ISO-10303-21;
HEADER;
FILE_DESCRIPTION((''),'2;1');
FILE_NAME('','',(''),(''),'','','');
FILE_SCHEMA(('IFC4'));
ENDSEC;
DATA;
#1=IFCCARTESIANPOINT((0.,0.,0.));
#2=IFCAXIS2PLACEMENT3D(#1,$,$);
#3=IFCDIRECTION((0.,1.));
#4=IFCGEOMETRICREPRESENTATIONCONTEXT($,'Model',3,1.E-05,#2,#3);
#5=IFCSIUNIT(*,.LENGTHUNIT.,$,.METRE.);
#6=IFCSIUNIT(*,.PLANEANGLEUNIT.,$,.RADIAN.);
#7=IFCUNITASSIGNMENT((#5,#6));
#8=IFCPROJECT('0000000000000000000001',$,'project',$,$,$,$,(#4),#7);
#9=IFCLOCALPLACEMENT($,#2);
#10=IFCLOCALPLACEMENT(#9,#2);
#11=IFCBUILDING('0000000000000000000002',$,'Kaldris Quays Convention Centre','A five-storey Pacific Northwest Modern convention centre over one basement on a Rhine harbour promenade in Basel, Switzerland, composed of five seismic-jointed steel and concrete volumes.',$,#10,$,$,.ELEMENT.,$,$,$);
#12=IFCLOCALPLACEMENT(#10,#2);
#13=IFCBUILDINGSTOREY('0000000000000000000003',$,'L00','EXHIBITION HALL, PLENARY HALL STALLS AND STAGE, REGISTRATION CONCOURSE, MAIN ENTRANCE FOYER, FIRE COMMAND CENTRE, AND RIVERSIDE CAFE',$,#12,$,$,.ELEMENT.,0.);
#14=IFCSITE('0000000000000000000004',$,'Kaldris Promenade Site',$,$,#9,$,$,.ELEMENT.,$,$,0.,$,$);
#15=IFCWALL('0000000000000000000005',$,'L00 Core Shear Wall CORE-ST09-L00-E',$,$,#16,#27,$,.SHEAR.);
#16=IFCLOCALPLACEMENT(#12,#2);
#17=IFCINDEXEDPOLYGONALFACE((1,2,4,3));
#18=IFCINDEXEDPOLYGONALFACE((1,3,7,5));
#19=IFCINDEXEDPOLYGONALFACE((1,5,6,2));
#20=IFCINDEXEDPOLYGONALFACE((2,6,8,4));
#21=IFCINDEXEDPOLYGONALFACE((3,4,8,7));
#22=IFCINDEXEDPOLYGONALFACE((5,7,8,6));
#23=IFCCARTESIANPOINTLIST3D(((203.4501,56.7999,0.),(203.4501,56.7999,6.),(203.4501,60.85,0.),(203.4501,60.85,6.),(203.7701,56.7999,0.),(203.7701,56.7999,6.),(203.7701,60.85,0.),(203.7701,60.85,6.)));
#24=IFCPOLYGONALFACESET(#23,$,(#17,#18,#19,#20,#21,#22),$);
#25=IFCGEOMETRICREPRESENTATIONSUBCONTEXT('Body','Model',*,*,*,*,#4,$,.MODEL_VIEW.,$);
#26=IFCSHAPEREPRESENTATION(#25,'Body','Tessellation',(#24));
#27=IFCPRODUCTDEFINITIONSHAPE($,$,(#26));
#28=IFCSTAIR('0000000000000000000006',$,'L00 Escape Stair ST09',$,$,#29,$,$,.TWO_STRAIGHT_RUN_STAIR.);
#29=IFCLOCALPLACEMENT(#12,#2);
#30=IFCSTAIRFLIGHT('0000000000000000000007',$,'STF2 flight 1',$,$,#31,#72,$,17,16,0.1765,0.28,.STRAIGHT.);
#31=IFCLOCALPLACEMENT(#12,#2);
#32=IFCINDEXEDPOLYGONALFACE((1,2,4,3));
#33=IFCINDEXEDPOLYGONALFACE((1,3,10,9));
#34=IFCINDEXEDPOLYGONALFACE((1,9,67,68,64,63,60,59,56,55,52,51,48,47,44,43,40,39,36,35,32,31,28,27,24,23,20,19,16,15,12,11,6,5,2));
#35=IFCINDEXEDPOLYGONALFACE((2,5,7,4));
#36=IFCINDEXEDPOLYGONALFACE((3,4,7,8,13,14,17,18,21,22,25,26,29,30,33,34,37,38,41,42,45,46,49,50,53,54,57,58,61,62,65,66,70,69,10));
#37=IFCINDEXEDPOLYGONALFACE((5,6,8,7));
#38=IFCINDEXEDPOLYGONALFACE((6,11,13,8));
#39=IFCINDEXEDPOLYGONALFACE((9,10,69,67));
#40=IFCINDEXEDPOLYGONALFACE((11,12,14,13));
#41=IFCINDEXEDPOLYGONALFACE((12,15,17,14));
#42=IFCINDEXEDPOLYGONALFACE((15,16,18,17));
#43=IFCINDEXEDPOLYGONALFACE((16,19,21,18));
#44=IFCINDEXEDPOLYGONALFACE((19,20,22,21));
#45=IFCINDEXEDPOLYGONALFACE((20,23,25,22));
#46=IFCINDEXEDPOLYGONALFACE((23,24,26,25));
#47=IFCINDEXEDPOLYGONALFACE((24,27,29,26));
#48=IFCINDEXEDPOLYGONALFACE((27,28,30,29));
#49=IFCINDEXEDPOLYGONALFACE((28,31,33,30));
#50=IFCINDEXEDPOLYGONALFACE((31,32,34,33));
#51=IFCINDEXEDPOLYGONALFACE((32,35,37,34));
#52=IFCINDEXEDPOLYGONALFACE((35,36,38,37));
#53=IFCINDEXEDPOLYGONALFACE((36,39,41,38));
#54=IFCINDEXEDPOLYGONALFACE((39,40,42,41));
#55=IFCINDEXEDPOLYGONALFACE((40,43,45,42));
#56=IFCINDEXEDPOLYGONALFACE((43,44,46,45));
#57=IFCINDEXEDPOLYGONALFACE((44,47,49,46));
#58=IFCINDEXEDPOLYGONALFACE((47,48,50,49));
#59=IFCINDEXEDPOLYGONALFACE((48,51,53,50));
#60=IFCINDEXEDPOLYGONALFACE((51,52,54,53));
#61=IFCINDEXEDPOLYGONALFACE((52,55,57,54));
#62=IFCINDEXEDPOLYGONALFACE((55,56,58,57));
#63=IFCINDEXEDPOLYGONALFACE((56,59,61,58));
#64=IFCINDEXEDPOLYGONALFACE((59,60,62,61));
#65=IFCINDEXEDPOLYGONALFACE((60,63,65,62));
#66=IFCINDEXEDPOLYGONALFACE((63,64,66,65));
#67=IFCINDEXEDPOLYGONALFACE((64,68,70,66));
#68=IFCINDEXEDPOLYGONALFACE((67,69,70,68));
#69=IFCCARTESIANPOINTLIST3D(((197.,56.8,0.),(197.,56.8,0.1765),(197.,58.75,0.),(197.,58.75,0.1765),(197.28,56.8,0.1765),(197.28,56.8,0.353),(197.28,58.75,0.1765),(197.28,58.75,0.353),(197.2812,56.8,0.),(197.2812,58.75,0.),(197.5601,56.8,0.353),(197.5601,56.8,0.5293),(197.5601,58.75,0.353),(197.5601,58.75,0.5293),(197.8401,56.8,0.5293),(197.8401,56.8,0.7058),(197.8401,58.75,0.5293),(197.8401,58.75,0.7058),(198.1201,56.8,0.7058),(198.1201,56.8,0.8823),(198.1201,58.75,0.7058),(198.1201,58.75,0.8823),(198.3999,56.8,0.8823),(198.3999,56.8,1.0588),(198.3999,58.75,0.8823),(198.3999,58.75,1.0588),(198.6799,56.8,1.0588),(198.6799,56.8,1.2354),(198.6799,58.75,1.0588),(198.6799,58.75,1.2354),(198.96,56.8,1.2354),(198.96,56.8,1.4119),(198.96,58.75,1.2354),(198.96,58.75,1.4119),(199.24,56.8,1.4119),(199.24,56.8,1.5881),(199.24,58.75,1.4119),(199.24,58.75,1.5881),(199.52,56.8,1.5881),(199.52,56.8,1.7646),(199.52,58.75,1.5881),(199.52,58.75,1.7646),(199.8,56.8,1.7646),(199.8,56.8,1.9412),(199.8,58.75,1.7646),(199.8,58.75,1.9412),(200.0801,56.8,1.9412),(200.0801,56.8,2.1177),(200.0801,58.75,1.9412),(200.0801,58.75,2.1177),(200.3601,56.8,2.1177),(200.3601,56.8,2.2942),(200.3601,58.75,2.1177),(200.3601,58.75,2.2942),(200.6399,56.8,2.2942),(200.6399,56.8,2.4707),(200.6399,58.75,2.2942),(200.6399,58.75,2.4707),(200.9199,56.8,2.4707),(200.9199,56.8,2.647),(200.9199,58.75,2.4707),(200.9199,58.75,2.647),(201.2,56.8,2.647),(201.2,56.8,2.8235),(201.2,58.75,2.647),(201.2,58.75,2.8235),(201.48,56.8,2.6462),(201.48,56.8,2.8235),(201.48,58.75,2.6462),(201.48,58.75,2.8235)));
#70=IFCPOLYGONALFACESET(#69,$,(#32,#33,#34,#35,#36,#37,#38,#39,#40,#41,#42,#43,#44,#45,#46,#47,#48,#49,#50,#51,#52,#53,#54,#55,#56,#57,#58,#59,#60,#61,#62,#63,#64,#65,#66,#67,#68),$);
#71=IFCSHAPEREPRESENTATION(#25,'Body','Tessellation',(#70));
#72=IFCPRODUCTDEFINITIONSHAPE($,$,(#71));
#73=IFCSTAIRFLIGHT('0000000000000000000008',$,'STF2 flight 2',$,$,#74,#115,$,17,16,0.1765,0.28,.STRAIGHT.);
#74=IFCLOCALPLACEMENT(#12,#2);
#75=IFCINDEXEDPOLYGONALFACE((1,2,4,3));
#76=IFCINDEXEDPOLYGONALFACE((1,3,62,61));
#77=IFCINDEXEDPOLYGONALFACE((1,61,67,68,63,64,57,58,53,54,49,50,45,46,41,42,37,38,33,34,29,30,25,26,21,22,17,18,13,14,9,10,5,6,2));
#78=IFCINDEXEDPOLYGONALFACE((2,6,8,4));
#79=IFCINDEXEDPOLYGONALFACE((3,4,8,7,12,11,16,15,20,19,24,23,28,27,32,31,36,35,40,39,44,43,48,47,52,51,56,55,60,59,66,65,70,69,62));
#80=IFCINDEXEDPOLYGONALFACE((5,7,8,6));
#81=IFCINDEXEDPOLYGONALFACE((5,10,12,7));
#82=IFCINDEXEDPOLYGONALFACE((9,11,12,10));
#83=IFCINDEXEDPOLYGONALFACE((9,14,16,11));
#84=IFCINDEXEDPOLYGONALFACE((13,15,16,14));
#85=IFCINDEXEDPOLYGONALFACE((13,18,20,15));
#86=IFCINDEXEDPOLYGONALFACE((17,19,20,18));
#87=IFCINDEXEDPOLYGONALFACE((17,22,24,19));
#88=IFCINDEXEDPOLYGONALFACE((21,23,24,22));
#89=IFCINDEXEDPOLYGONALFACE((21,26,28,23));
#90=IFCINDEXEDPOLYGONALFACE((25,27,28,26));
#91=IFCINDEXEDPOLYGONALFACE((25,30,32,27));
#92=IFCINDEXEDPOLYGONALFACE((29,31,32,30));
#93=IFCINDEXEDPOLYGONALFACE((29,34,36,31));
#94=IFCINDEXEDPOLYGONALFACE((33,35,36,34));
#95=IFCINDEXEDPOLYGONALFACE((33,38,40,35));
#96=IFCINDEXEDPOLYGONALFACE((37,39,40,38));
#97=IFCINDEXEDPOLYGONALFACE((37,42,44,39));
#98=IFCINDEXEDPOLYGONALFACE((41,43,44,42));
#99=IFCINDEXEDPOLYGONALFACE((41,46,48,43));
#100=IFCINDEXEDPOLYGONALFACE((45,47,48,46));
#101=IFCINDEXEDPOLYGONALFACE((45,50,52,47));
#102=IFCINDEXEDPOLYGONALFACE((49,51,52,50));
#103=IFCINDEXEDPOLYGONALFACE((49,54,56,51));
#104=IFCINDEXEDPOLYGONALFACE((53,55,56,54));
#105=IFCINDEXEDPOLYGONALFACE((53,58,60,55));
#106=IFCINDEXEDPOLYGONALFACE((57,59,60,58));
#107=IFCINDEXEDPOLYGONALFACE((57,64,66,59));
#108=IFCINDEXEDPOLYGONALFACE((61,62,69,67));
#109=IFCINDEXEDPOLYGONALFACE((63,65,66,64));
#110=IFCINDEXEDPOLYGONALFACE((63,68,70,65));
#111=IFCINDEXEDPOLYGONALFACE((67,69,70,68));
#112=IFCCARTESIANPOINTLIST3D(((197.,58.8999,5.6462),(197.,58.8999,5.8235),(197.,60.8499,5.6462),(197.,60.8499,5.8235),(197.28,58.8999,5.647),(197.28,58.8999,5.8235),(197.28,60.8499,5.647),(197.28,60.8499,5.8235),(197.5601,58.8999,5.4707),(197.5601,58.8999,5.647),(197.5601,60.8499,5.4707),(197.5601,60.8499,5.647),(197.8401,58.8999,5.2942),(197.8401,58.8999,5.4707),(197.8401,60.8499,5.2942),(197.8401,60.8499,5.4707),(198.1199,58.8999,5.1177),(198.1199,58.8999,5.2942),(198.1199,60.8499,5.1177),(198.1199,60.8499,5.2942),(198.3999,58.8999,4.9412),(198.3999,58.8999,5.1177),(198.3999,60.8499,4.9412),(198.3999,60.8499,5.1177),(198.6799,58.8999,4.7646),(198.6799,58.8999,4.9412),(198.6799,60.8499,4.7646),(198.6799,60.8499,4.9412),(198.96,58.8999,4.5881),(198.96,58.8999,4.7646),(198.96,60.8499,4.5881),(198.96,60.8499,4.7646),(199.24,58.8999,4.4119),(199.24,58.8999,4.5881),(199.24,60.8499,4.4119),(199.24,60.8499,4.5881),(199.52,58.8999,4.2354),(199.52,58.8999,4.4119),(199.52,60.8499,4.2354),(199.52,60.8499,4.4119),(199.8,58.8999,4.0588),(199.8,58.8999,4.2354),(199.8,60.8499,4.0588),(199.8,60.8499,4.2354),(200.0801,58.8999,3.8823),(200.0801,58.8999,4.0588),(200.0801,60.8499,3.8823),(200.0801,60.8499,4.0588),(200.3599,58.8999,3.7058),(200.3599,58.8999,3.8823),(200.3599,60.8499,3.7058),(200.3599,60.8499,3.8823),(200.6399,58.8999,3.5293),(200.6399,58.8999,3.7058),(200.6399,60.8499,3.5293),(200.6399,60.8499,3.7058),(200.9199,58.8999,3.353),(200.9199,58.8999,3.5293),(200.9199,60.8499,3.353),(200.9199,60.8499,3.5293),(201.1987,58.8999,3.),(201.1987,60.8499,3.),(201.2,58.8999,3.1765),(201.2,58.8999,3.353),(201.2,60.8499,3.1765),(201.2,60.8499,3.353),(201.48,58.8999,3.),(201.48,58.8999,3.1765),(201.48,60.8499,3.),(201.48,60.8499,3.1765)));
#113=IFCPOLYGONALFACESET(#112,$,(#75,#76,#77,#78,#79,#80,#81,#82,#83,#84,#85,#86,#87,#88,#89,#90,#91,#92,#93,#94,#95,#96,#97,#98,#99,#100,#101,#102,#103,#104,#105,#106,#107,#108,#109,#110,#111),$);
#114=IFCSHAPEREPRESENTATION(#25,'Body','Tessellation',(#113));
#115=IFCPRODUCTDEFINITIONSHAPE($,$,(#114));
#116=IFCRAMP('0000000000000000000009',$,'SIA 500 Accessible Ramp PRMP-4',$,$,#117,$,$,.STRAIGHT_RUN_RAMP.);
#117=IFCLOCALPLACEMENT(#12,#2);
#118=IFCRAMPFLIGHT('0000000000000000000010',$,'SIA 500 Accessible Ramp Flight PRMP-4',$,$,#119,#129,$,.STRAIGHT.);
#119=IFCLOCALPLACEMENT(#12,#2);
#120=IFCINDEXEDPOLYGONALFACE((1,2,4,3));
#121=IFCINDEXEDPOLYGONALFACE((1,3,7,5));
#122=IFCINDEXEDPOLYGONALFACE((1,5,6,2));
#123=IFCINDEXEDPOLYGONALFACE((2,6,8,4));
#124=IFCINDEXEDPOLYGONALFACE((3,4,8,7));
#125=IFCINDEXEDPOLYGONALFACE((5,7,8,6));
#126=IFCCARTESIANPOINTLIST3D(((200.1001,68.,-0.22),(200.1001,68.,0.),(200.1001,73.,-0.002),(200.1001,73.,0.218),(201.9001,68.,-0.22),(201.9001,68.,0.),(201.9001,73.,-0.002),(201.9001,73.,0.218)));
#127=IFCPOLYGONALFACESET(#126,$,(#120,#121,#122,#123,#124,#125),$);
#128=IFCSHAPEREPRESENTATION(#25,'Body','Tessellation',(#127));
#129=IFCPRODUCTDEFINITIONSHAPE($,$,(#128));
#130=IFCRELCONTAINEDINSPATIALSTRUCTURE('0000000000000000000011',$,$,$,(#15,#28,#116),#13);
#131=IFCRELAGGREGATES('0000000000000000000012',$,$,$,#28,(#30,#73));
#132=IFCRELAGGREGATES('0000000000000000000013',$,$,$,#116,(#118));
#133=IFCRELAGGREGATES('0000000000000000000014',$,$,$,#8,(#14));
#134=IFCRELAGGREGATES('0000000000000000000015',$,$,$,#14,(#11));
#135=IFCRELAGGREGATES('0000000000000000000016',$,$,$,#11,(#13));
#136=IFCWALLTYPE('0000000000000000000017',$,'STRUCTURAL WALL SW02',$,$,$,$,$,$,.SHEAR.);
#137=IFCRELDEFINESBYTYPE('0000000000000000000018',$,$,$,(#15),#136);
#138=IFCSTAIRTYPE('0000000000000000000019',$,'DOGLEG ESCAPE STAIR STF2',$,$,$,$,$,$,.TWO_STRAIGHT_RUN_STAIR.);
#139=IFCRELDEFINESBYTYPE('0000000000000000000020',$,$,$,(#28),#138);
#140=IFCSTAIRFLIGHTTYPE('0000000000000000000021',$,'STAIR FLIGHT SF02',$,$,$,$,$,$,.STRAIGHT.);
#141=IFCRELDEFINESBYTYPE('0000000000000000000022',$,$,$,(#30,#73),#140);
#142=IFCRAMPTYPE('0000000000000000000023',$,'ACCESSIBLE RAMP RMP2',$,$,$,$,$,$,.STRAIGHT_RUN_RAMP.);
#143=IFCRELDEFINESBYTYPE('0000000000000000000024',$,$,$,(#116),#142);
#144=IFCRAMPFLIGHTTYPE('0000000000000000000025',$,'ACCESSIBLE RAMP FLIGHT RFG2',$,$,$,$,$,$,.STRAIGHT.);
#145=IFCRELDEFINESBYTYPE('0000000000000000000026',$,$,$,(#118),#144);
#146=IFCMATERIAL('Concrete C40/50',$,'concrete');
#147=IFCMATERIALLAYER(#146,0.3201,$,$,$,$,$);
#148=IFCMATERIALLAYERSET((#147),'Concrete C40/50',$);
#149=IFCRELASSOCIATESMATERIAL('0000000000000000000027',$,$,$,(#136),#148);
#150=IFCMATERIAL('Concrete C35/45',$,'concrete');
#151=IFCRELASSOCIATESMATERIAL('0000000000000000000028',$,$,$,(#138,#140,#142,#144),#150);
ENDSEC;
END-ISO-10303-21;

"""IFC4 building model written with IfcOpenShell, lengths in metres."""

from ifc_helpers import new_model, si_unit, direction, frame, frame_2d, origin, place, context, subcontext, project, spatial, polyline, rectangle, outline, extrude, material, layer, layer_set, type_object, element, aggregate, save


model = new_model("IFC4")

# Units and contexts
model_context = context("Model", 3, precision=1e-05, world=origin(), true_north=direction((0.0, 1.0)))
body_context = subcontext(model_context, "Body", "Model", "MODEL_VIEW")
ifc_project = project(units=[si_unit("LENGTHUNIT", "METRE"), si_unit("PLANEANGLEUNIT", "RADIAN")], contexts=[model_context])

# Site, building, storey
site_placement = place(None, origin())
site = spatial("IfcSite", under=ifc_project, at=site_placement, Name="Kaldris Promenade Site", CompositionType="ELEMENT", RefElevation=0.0)
building_placement = place(site_placement, origin())
building = spatial("IfcBuilding", under=site, at=building_placement, Name="Kaldris Quays Convention Centre", Description="A five-storey Pacific Northwest Modern convention centre over one basement on a Rhine harbour promenade in Basel, Switzerland, composed of five seismic-jointed steel and concrete volumes.", CompositionType="ELEMENT")
storey_placement = place(building_placement, origin())
storey = spatial("IfcBuildingStorey", under=building, at=storey_placement, Name="L00", Description="EXHIBITION HALL, PLENARY HALL STALLS AND STAGE, REGISTRATION CONCOURSE, MAIN ENTRANCE FOYER, FIRE COMMAND CENTRE, AND RIVERSIDE CAFE", CompositionType="ELEMENT", Elevation=0.0)

# Shared definitions
ifc_material_1 = material(Name="Concrete C35/45", Category="concrete")

# Shared definitions
ifc_material_2 = material(Name="Concrete C40/50", Category="concrete")
ifc_layer_1 = layer(ifc_material_2, 0.3201)
ifc_layer_set_1 = layer_set([ifc_layer_1], Name="Concrete C40/50")
wall_type_1 = type_object("IfcWallType", Name="STRUCTURAL WALL SW02", PredefinedType="SHEAR", material=ifc_layer_set_1)

# Wall
wall_1_placement = place(storey_placement, frame((203.6101, 56.8, 0.0), z_axis=(0.0, 0.0, 1.0), x_axis=(0.0, 1.0, 0.0)))
element("IfcWall", 1, at=wall_1_placement, inside=storey, type_object=wall_type_1, Name="L00 Core Shear Wall CORE-ST09-L00-E", PredefinedType="SHEAR", context=body_context, shape_type="SweptSolid", body=[
    extrude(rectangle(XDim=4.05, YDim=0.3201, at=frame_2d((2.0249, 0.0))), origin(), (0.0, 0.0, 1.0), 6.0),
])

# Stair, stair flights
stair_type = type_object("IfcStairType", Name="DOGLEG ESCAPE STAIR STF2", PredefinedType="TWO_STRAIGHT_RUN_STAIR", material=ifc_material_1)
stair_placement = place(storey_placement, origin())
stair = element("IfcStair", 2, at=stair_placement, inside=storey, type_object=stair_type, Name="L00 Escape Stair ST09", PredefinedType="TWO_STRAIGHT_RUN_STAIR")
stair_flight_type = type_object("IfcStairFlightType", Name="STAIR FLIGHT SF02", PredefinedType="STRAIGHT", material=ifc_material_1)
stair_flight_1_placement = place(storey_placement, frame((197.0, 57.7749, 0.0), z_axis=(0.0, 0.0, 1.0), x_axis=(1.0, 0.0, 0.0)))
stair_flight_1 = element("IfcStairFlight", 3, at=stair_flight_1_placement, type_object=stair_flight_type, Name="STF2 flight 1", NumberOfRisers=17, NumberOfTreads=16, PredefinedType="STRAIGHT", RiserHeight=0.1765, TreadLength=0.28, context=body_context, shape_type="SweptSolid", body=[
    extrude(outline(polyline([(0.0, 0.0), (0.0, 0.1765), (0.28, 0.1765), (0.28, 0.353), (0.5601, 0.353), (0.5601, 0.5293), (0.8401, 0.5293), (0.8401, 0.7058), (1.1201, 0.7058), (1.1201, 0.8823), (1.3999, 0.8823), (1.3999, 1.0588), (1.6799, 1.0588), (1.6799, 1.2354), (1.96, 1.2354), (1.96, 1.4119), (2.24, 1.4119), (2.24, 1.5881), (2.52, 1.5881), (2.52, 1.7646), (2.8, 1.7646), (2.8, 1.9412), (3.0801, 1.9412), (3.0801, 2.1177), (3.3601, 2.1177), (3.3601, 2.2942), (3.6399, 2.2942), (3.6399, 2.4707), (3.9199, 2.4707), (3.9199, 2.647), (4.2, 2.647), (4.2, 2.8235), (4.48, 2.8235), (4.48, 3.0), (4.48, 2.6462), (0.2812, 0.0), (0.0, 0.0)])), frame((0.0, 0.9751, 0.0), z_axis=(0.0, -1.0, 0.0), x_axis=(1.0, 0.0, 0.0)), (0.0, 0.0, 1.0), 1.95),
])
stair_flight_2_placement = place(storey_placement, frame((201.48, 59.875, 3.0), z_axis=(0.0, 0.0, 1.0), x_axis=(-1.0, 0.0, 0.0)))
stair_flight_2 = element("IfcStairFlight", 4, at=stair_flight_2_placement, type_object=stair_flight_type, Name="STF2 flight 2", NumberOfRisers=17, NumberOfTreads=16, PredefinedType="STRAIGHT", RiserHeight=0.1765, TreadLength=0.28, context=body_context, shape_type="SweptSolid", body=[
    extrude(outline(polyline([(0.0, 0.0), (0.0, 0.1765), (0.28, 0.1765), (0.28, 0.353), (0.5601, 0.353), (0.5601, 0.5293), (0.8401, 0.5293), (0.8401, 0.7058), (1.1201, 0.7058), (1.1201, 0.8823), (1.3999, 0.8823), (1.3999, 1.0588), (1.6799, 1.0588), (1.6799, 1.2354), (1.96, 1.2354), (1.96, 1.4119), (2.24, 1.4119), (2.24, 1.5881), (2.52, 1.5881), (2.52, 1.7646), (2.8, 1.7646), (2.8, 1.9412), (3.0801, 1.9412), (3.0801, 2.1177), (3.3601, 2.1177), (3.3601, 2.2942), (3.6399, 2.2942), (3.6399, 2.4707), (3.9199, 2.4707), (3.9199, 2.647), (4.2, 2.647), (4.2, 2.8235), (4.48, 2.8235), (4.48, 3.0), (4.48, 2.6462), (0.2812, 0.0), (0.0, 0.0)])), frame((0.0, 0.9751, 0.0), z_axis=(0.0, -1.0, 0.0), x_axis=(1.0, 0.0, 0.0)), (0.0, 0.0, 1.0), 1.95),
])
aggregate(stair, [stair_flight_1, stair_flight_2])

# Ramp, ramp flight
ramp_type = type_object("IfcRampType", Name="ACCESSIBLE RAMP RMP2", PredefinedType="STRAIGHT_RUN_RAMP", material=ifc_material_1)
ramp_placement = place(storey_placement, origin())
ramp = element("IfcRamp", 5, at=ramp_placement, inside=storey, type_object=ramp_type, Name="SIA 500 Accessible Ramp PRMP-4", PredefinedType="STRAIGHT_RUN_RAMP")
ramp_flight_type = type_object("IfcRampFlightType", Name="ACCESSIBLE RAMP FLIGHT RFG2", PredefinedType="STRAIGHT", material=ifc_material_1)
ramp_flight_placement = place(storey_placement, frame((201.0, 68.0, 0.0), z_axis=(0.0, 0.0, 1.0), x_axis=(0.0, 1.0, 0.0)))
ramp_flight = element("IfcRampFlight", 6, at=ramp_flight_placement, type_object=ramp_flight_type, Name="SIA 500 Accessible Ramp Flight PRMP-4", PredefinedType="STRAIGHT", context=body_context, shape_type="SweptSolid", body=[
    extrude(outline(polyline([(0.0, -0.22), (0.0, 0.0), (5.0, 0.218), (5.0, -0.002), (0.0, -0.22)])), frame((0.0, 0.8999, 0.0), z_axis=(0.0, -1.0, 0.0), x_axis=(1.0, 0.0, 0.0)), (0.0, 0.0, 1.0), 1.8),
])
aggregate(ramp, [ramp_flight])

save(model, "model.ifc")
